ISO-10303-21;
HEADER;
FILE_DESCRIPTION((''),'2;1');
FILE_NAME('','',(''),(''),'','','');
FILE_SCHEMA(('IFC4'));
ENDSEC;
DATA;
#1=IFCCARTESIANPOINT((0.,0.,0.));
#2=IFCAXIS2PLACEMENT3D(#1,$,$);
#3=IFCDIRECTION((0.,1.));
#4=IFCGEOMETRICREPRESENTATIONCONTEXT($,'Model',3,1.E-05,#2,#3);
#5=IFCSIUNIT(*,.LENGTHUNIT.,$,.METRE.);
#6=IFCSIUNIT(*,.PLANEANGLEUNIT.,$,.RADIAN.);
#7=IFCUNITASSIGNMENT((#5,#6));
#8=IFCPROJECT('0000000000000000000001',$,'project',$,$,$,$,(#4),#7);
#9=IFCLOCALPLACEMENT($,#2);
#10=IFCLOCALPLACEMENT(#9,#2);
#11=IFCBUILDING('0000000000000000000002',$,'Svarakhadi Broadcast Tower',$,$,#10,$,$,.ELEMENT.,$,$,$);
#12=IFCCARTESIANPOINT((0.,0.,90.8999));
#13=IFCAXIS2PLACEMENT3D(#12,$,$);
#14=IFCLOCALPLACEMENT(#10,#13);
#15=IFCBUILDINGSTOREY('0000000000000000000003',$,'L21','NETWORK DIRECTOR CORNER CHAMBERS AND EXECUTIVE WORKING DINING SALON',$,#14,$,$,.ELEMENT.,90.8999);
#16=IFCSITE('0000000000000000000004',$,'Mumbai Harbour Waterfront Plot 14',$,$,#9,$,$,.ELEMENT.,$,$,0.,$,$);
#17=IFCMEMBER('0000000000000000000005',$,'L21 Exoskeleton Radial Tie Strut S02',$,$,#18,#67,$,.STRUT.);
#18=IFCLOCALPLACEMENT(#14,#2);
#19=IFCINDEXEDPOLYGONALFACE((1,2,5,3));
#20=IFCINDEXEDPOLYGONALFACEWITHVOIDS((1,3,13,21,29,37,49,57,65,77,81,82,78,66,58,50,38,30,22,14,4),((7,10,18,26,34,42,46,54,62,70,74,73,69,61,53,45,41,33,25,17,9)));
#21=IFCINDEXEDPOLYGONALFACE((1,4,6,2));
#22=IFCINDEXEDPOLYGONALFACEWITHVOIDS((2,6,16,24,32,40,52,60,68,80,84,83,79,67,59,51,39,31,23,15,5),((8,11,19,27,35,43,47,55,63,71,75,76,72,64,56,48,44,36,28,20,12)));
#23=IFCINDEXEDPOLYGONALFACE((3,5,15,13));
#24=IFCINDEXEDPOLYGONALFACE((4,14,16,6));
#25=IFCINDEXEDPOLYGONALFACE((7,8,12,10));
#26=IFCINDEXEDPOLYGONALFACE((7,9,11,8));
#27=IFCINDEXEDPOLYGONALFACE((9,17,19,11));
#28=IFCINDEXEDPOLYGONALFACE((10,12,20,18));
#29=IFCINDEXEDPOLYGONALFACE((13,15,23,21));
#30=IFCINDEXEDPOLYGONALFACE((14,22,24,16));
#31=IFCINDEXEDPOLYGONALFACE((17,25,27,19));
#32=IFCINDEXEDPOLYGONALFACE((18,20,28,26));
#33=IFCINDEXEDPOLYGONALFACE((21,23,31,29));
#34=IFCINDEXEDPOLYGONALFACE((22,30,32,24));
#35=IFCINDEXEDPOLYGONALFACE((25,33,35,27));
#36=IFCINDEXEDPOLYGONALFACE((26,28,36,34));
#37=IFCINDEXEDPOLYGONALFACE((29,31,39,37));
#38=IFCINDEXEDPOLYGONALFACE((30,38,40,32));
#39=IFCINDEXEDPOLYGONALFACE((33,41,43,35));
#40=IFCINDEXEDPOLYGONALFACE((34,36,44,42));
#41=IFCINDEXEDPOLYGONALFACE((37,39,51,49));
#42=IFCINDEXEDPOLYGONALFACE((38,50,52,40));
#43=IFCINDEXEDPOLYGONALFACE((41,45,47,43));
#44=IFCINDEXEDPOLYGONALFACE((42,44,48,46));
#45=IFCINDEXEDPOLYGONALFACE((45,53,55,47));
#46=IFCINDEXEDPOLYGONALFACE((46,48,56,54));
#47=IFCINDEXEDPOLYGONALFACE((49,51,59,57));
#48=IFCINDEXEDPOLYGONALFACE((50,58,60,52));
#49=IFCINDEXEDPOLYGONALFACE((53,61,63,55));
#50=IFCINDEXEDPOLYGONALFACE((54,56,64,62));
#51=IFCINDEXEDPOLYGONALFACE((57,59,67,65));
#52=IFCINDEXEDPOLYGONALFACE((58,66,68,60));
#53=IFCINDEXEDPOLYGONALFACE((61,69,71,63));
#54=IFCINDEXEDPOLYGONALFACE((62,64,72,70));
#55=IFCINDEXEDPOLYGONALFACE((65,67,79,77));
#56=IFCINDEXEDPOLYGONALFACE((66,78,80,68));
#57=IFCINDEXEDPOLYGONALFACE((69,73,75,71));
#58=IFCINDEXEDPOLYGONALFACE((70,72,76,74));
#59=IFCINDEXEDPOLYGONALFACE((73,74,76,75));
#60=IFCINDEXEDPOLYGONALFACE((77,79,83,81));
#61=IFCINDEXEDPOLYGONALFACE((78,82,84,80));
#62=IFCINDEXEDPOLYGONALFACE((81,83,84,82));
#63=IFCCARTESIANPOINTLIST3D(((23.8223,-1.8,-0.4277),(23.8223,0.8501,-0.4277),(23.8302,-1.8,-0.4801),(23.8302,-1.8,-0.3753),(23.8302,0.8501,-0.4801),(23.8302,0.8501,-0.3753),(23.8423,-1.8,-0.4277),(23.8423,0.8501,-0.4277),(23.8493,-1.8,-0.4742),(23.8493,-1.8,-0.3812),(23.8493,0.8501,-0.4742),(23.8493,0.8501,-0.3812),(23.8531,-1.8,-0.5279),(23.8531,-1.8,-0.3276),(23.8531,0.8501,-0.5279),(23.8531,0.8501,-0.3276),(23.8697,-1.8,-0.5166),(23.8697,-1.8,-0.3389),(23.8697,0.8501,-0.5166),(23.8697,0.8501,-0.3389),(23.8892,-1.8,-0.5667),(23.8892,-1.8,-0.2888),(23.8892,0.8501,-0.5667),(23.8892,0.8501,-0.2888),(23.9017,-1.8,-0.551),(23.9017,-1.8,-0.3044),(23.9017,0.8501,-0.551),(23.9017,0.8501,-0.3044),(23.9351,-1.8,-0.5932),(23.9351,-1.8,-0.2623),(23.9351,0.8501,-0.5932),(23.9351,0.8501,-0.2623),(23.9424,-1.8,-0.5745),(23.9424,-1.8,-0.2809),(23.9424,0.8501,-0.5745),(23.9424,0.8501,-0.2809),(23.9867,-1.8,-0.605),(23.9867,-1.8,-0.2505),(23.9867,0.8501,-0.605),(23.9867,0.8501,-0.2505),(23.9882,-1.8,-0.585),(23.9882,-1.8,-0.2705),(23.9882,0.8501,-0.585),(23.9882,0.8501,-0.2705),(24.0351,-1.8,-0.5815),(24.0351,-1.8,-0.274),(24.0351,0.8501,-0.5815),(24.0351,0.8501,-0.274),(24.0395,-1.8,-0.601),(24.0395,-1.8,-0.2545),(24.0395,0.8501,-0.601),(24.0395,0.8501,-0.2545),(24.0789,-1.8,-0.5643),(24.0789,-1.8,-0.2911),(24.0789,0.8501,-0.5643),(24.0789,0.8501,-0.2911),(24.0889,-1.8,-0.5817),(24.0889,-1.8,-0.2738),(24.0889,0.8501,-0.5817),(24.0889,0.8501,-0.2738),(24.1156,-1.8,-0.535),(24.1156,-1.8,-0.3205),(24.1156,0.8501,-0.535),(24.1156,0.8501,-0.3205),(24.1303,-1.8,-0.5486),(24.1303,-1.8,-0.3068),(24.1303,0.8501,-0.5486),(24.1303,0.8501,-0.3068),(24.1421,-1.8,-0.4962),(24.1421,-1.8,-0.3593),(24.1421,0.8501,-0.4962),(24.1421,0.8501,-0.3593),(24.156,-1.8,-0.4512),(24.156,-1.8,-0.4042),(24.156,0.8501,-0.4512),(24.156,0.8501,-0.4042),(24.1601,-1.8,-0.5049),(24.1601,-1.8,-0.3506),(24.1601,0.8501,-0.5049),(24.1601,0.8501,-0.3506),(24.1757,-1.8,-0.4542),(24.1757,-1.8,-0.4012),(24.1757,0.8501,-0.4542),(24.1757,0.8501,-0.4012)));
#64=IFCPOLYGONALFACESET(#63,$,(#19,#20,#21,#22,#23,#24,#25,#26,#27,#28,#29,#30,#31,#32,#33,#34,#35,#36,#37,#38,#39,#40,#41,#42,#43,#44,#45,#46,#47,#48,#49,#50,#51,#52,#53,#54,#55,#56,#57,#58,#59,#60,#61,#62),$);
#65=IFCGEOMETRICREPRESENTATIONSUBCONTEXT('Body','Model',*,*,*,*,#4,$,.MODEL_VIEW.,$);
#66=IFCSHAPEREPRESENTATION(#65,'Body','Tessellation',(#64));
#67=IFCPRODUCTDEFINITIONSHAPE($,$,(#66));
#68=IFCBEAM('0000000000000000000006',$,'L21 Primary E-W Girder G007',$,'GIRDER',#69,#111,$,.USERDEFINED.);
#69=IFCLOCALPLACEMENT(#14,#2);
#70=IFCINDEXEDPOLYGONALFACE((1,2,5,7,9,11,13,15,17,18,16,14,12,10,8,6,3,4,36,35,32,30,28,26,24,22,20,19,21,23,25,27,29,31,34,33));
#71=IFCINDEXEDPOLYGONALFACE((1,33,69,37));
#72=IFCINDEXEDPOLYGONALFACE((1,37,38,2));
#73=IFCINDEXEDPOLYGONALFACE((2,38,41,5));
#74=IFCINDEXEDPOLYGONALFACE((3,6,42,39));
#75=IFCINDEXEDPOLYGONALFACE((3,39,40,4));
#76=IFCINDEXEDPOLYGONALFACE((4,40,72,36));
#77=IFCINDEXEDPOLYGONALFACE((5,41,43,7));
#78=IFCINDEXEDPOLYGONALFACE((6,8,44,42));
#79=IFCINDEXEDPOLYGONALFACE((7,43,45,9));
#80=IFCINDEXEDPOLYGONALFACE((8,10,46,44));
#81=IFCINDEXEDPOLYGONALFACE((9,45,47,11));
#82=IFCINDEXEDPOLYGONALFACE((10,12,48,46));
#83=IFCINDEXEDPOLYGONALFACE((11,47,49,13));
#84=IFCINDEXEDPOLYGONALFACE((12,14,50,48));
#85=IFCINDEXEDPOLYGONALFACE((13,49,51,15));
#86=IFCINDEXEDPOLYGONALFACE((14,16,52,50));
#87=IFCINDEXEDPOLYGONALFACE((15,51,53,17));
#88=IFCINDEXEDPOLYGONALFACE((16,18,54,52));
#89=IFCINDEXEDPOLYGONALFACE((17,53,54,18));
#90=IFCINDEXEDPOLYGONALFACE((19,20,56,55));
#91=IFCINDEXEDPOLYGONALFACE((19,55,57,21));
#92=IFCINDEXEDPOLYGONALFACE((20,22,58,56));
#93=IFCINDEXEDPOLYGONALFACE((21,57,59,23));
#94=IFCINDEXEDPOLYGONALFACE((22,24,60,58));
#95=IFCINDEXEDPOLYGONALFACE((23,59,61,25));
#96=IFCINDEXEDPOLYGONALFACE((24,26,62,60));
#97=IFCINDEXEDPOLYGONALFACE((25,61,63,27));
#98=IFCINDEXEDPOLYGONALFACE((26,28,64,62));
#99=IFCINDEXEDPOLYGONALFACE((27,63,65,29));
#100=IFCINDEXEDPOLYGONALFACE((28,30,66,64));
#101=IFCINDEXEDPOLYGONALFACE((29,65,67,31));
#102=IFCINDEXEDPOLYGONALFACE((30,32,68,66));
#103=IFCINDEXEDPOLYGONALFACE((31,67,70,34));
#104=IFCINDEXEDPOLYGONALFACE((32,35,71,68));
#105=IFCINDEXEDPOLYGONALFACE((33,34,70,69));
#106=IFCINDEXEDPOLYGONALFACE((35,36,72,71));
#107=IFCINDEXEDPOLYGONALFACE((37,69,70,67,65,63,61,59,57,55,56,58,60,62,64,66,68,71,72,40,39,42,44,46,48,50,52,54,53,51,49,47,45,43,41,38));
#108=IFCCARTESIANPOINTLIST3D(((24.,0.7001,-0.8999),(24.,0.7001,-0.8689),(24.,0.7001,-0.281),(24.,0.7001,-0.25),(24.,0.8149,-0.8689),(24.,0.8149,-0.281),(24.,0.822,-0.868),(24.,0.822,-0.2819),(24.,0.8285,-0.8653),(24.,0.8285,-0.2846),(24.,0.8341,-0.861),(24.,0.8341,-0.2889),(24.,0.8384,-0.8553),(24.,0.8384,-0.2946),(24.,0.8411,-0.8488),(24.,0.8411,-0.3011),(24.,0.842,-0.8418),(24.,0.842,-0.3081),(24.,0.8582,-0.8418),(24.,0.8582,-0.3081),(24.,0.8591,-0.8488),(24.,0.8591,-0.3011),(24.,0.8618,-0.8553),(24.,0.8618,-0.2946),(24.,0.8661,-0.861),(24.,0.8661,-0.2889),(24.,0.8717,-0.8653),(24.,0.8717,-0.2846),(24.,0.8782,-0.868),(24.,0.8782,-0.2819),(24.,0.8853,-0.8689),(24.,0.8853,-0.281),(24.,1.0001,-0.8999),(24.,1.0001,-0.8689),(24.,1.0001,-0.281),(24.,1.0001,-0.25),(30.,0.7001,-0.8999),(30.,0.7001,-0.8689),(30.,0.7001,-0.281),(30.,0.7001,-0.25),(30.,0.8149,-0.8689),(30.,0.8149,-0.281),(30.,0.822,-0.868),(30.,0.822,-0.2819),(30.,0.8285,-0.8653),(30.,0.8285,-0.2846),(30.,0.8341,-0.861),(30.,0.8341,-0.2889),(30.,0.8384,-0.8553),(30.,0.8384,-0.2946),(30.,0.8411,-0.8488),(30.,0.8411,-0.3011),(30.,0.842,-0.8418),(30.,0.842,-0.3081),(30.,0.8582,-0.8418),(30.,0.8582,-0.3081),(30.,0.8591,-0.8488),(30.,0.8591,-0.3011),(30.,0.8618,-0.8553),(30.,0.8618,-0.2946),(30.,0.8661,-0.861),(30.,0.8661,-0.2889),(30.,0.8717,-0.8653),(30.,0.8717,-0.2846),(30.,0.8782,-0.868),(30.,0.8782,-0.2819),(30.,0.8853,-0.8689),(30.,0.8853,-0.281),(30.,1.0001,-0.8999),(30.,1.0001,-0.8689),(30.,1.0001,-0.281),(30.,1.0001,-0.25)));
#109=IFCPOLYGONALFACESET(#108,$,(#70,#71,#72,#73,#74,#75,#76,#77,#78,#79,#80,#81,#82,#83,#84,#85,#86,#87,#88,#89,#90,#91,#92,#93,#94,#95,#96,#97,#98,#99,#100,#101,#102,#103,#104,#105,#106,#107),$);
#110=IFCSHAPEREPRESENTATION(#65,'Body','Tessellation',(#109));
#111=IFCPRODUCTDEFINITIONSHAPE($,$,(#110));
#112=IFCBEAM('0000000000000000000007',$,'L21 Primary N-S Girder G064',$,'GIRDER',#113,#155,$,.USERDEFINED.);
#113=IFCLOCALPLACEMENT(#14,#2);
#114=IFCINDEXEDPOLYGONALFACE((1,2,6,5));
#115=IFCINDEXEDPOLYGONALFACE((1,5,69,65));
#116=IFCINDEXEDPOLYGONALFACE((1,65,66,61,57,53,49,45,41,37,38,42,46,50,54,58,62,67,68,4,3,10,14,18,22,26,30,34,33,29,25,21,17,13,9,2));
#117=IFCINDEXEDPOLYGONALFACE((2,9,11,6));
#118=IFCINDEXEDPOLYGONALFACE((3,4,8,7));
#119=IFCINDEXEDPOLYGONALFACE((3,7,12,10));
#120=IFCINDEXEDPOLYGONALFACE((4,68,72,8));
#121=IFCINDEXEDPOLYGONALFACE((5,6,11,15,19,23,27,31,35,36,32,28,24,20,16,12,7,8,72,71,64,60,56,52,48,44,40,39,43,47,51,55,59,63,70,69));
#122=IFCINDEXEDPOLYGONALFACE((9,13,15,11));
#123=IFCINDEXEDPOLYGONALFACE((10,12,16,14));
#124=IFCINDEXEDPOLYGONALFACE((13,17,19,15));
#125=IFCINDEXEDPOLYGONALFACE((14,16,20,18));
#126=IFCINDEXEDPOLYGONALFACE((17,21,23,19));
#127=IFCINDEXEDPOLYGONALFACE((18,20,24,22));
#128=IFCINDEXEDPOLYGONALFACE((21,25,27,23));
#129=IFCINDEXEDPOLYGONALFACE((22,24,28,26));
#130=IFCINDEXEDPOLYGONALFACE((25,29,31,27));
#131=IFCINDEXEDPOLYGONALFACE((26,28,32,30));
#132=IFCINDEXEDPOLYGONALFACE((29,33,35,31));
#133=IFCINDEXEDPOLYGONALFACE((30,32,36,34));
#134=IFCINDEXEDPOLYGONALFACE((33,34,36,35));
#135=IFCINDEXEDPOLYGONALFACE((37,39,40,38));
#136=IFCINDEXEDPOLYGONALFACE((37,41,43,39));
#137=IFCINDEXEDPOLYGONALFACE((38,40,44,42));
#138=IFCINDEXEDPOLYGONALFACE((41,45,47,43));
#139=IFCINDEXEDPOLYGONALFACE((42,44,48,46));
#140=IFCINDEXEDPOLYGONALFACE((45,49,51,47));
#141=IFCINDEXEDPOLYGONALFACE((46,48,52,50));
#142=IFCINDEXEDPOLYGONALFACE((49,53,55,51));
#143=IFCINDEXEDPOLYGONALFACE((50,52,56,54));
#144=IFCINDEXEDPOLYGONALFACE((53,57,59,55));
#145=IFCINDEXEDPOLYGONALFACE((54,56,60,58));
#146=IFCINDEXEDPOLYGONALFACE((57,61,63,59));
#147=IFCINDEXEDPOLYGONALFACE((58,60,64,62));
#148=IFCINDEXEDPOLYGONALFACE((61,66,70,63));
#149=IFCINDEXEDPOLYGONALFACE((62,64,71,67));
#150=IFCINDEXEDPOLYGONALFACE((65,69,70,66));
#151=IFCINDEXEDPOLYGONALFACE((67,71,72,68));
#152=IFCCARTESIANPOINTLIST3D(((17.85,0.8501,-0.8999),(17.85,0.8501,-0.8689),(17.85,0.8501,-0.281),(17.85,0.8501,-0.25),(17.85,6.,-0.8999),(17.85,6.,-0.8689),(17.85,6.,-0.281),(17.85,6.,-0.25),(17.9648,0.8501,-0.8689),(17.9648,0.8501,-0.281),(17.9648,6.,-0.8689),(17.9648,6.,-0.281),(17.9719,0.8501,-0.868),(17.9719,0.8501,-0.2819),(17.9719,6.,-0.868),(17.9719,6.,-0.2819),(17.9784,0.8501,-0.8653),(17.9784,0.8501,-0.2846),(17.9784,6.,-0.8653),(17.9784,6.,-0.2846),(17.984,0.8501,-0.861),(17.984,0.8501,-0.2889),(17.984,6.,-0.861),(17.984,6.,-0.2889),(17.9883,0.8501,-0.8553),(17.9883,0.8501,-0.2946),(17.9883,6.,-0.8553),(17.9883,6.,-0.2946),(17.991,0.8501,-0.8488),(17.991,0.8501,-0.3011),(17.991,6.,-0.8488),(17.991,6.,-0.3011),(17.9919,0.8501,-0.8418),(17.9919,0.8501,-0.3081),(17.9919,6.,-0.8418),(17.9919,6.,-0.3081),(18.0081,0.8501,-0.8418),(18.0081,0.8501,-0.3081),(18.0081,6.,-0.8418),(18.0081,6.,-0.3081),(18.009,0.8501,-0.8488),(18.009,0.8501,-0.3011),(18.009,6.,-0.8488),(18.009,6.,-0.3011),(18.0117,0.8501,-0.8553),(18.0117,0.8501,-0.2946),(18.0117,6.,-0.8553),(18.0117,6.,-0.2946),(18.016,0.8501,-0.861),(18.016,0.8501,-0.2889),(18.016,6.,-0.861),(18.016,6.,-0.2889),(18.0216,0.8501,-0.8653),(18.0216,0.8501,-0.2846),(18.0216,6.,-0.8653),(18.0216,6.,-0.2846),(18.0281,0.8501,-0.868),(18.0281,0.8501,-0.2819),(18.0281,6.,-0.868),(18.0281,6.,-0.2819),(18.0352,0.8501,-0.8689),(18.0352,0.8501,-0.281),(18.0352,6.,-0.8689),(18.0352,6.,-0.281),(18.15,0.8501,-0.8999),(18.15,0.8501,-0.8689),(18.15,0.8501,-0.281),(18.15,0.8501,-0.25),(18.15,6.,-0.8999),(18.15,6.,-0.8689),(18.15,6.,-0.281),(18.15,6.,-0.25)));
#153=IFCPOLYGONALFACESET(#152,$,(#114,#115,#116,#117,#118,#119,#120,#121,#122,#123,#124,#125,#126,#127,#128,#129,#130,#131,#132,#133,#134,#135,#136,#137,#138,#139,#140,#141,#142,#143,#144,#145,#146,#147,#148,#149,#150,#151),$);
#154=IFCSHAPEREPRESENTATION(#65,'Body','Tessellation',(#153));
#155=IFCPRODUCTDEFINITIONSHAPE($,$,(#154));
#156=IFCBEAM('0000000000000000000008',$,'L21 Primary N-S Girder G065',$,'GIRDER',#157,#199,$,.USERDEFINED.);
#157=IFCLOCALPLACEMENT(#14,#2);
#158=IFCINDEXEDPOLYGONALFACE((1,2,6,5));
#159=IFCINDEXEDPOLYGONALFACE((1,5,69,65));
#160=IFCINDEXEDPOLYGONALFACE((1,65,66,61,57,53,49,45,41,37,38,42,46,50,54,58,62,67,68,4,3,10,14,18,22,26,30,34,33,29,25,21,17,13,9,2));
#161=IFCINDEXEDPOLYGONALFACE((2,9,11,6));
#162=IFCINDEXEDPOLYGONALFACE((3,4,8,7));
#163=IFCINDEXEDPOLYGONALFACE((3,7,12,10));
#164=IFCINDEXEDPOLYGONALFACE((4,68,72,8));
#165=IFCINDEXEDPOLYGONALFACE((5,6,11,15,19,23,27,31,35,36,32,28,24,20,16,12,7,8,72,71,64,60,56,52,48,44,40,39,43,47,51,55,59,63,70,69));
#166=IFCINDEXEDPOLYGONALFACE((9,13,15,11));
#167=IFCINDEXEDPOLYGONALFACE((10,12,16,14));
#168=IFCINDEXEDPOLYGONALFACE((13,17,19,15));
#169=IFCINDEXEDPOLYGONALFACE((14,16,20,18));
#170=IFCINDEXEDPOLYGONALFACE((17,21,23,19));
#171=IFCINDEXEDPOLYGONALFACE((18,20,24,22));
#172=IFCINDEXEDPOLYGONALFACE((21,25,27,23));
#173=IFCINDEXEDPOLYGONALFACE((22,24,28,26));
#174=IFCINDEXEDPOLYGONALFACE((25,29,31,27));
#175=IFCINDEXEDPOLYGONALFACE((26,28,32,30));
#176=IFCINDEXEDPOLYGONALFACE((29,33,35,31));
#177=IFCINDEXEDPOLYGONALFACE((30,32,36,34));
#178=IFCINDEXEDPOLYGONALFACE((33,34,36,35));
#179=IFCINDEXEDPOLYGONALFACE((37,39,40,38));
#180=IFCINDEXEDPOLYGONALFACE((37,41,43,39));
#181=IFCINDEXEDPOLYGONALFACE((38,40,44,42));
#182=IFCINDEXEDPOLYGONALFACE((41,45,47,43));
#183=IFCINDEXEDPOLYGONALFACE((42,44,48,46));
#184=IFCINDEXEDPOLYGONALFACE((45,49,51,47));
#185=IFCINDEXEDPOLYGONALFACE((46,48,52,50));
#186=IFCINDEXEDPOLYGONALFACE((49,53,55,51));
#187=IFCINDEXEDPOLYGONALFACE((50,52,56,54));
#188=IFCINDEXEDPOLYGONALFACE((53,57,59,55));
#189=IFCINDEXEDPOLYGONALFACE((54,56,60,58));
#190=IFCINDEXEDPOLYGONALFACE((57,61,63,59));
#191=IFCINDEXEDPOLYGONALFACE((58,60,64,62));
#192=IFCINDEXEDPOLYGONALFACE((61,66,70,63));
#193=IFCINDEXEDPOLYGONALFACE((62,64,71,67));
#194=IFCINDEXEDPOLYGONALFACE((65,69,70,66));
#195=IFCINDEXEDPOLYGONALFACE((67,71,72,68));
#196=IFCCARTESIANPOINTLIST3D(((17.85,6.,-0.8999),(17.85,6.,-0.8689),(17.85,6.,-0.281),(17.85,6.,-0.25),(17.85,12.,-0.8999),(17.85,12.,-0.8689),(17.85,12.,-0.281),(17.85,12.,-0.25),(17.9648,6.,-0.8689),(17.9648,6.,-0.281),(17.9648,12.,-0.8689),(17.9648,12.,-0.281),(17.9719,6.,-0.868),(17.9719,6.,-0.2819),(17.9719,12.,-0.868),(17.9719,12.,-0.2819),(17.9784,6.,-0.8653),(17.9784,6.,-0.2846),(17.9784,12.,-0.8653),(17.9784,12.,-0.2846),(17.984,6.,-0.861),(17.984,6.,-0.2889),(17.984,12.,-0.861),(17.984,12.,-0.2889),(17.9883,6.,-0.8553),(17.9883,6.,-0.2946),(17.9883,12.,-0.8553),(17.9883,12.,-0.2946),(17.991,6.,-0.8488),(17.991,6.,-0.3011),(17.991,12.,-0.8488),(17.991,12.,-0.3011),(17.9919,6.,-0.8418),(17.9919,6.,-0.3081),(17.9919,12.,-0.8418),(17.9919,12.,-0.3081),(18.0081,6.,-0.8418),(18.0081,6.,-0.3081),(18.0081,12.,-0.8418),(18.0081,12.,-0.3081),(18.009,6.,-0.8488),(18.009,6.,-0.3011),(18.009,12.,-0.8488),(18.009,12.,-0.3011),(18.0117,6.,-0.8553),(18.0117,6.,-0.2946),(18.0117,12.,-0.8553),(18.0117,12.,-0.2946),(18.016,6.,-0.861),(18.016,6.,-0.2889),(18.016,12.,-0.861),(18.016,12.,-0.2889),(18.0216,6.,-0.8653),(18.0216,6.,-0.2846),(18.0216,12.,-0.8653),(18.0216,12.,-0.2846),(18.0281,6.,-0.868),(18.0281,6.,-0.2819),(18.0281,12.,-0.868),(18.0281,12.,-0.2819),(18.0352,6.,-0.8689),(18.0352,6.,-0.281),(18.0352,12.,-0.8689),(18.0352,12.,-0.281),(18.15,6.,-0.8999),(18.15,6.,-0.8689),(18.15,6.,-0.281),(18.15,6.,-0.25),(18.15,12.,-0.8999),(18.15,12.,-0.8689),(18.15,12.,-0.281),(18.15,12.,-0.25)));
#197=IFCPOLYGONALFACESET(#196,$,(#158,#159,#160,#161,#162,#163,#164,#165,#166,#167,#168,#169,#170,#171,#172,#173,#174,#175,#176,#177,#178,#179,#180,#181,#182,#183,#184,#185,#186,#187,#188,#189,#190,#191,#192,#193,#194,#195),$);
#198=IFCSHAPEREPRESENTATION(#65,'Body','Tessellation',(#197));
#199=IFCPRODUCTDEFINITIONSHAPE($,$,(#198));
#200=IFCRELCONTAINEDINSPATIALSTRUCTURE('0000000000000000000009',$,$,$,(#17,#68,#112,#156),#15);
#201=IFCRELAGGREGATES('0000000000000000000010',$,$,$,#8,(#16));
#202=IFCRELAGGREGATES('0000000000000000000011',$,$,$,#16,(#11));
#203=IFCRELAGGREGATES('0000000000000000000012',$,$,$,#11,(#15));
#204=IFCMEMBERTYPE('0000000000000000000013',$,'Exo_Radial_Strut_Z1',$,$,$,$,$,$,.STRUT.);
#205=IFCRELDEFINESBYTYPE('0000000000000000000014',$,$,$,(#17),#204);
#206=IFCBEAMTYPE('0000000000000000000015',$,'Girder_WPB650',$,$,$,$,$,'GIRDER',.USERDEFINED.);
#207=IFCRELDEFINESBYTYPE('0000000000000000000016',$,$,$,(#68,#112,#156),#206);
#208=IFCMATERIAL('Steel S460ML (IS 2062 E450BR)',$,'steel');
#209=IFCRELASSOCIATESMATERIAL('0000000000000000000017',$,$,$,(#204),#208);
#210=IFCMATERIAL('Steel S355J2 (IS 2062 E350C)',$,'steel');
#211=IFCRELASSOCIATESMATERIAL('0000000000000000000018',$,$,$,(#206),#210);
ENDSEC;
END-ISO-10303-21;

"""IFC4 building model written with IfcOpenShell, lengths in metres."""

from ifc_helpers import new_model, si_unit, direction, frame, origin, origin_2d, place, context, subcontext, project, spatial, hollow_circle, i_section, extrude, material, material_profile, profile_set, type_object, element, save


model = new_model("IFC4")

# Units and contexts
model_context = context("Model", 3, precision=1e-05, world=origin(), true_north=direction((0.0, 1.0)))
body_context = subcontext(model_context, "Body", "Model", "MODEL_VIEW")
ifc_project = project(units=[si_unit("LENGTHUNIT", "METRE"), si_unit("PLANEANGLEUNIT", "RADIAN")], contexts=[model_context])

# Site, building, storey
site_placement = place(None, origin())
site = spatial("IfcSite", under=ifc_project, at=site_placement, Name="Mumbai Harbour Waterfront Plot 14", CompositionType="ELEMENT", RefElevation=0.0)
building_placement = place(site_placement, origin())
building = spatial("IfcBuilding", under=site, at=building_placement, Name="Svarakhadi Broadcast Tower", CompositionType="ELEMENT")
storey_placement = place(building_placement, frame((0.0, 0.0, 90.8999)))
storey = spatial("IfcBuildingStorey", under=building, at=storey_placement, Name="L21", Description="NETWORK DIRECTOR CORNER CHAMBERS AND EXECUTIVE WORKING DINING SALON", CompositionType="ELEMENT", Elevation=90.8999)

# Shared definitions
ifc_material_1 = material(Name="Steel S355J2 (IS 2062 E350C)", Category="steel")

# Member
ifc_material_2 = material(Name="Steel S460ML (IS 2062 E450BR)", Category="steel")
ifc_material_profile_1 = material_profile(ifc_material_2, hollow_circle(Radius=0.1777, WallThickness=0.02, at=origin_2d()), Name="CHS 355.6x20")
ifc_profile_set_1 = profile_set([ifc_material_profile_1], Name="Steel S460ML (IS 2062 E450BR)")
member_type_1 = type_object("IfcMemberType", Name="Exo_Radial_Strut_Z1", PredefinedType="STRUT", material=ifc_profile_set_1)
member_1_placement = place(storey_placement, frame((24.0, -1.8, -0.4277), z_axis=(0.0, 1.0, 0.0), x_axis=(-1.0, 0.0, 0.0)))
element("IfcMember", 1, at=member_1_placement, inside=storey, type_object=member_type_1, Name="L21 Exoskeleton Radial Tie Strut S02", PredefinedType="STRUT", context=body_context, shape_type="SweptSolid", body=[
    extrude(hollow_circle(Radius=0.1777, WallThickness=0.02, at=origin_2d()), origin(), (0.0, 0.0, 1.0), 2.6501),
])

# Beams
ifc_material_profile_2 = material_profile(ifc_material_1, i_section(OverallWidth=0.3, OverallDepth=0.6499, WebThickness=0.0161, FlangeThickness=0.031, FilletRadius=0.0271, at=origin_2d()), Name="WPB 650x300x225")
ifc_profile_set_2 = profile_set([ifc_material_profile_2], Name="Steel S355J2 (IS 2062 E350C)")
beam_type_1 = type_object("IfcBeamType", Name="Girder_WPB650", ElementType="GIRDER", PredefinedType="USERDEFINED", material=ifc_profile_set_2)
beam_1_placement = place(storey_placement, frame((24.0, 0.8501, -0.575), z_axis=(1.0, 0.0, 0.0), x_axis=(0.0, 1.0, 0.0)))
element("IfcBeam", 2, at=beam_1_placement, inside=storey, type_object=beam_type_1, Name="L21 Primary E-W Girder G007", ObjectType="GIRDER", PredefinedType="USERDEFINED", context=body_context, shape_type="SweptSolid", body=[
    extrude(i_section(OverallWidth=0.3, OverallDepth=0.6499, WebThickness=0.0161, FlangeThickness=0.031, FilletRadius=0.0271, at=origin_2d()), origin(), (0.0, 0.0, 1.0), 6.0),
])
beam_2_placement = place(storey_placement, frame((18.0, 0.8501, -0.575), z_axis=(0.0, 1.0, 0.0), x_axis=(-1.0, 0.0, 0.0)))
element("IfcBeam", 3, at=beam_2_placement, inside=storey, type_object=beam_type_1, Name="L21 Primary N-S Girder G064", ObjectType="GIRDER", PredefinedType="USERDEFINED", context=body_context, shape_type="SweptSolid", body=[
    extrude(i_section(OverallWidth=0.3, OverallDepth=0.6499, WebThickness=0.0161, FlangeThickness=0.031, FilletRadius=0.0271, at=origin_2d()), origin(), (0.0, 0.0, 1.0), 5.1499),
])
for number, where, z_axis, x_axis, name in (
    (4, (18.0, 6.0, -0.575), (0.0, 1.0, 0.0), (-1.0, 0.0, 0.0), "L21 Primary N-S Girder G065"),
):
    element("IfcBeam", number, at=place(storey_placement, frame(where, z_axis=z_axis, x_axis=x_axis)), inside=storey, type_object=beam_type_1, Name=name, ObjectType="GIRDER", PredefinedType="USERDEFINED", context=body_context, shape_type="SweptSolid", body=[
        extrude(i_section(OverallWidth=0.3, OverallDepth=0.6499, WebThickness=0.0161, FlangeThickness=0.031, FilletRadius=0.0271, at=origin_2d()), origin(), (0.0, 0.0, 1.0), 6.0),
    ])

save(model, "model.ifc")
